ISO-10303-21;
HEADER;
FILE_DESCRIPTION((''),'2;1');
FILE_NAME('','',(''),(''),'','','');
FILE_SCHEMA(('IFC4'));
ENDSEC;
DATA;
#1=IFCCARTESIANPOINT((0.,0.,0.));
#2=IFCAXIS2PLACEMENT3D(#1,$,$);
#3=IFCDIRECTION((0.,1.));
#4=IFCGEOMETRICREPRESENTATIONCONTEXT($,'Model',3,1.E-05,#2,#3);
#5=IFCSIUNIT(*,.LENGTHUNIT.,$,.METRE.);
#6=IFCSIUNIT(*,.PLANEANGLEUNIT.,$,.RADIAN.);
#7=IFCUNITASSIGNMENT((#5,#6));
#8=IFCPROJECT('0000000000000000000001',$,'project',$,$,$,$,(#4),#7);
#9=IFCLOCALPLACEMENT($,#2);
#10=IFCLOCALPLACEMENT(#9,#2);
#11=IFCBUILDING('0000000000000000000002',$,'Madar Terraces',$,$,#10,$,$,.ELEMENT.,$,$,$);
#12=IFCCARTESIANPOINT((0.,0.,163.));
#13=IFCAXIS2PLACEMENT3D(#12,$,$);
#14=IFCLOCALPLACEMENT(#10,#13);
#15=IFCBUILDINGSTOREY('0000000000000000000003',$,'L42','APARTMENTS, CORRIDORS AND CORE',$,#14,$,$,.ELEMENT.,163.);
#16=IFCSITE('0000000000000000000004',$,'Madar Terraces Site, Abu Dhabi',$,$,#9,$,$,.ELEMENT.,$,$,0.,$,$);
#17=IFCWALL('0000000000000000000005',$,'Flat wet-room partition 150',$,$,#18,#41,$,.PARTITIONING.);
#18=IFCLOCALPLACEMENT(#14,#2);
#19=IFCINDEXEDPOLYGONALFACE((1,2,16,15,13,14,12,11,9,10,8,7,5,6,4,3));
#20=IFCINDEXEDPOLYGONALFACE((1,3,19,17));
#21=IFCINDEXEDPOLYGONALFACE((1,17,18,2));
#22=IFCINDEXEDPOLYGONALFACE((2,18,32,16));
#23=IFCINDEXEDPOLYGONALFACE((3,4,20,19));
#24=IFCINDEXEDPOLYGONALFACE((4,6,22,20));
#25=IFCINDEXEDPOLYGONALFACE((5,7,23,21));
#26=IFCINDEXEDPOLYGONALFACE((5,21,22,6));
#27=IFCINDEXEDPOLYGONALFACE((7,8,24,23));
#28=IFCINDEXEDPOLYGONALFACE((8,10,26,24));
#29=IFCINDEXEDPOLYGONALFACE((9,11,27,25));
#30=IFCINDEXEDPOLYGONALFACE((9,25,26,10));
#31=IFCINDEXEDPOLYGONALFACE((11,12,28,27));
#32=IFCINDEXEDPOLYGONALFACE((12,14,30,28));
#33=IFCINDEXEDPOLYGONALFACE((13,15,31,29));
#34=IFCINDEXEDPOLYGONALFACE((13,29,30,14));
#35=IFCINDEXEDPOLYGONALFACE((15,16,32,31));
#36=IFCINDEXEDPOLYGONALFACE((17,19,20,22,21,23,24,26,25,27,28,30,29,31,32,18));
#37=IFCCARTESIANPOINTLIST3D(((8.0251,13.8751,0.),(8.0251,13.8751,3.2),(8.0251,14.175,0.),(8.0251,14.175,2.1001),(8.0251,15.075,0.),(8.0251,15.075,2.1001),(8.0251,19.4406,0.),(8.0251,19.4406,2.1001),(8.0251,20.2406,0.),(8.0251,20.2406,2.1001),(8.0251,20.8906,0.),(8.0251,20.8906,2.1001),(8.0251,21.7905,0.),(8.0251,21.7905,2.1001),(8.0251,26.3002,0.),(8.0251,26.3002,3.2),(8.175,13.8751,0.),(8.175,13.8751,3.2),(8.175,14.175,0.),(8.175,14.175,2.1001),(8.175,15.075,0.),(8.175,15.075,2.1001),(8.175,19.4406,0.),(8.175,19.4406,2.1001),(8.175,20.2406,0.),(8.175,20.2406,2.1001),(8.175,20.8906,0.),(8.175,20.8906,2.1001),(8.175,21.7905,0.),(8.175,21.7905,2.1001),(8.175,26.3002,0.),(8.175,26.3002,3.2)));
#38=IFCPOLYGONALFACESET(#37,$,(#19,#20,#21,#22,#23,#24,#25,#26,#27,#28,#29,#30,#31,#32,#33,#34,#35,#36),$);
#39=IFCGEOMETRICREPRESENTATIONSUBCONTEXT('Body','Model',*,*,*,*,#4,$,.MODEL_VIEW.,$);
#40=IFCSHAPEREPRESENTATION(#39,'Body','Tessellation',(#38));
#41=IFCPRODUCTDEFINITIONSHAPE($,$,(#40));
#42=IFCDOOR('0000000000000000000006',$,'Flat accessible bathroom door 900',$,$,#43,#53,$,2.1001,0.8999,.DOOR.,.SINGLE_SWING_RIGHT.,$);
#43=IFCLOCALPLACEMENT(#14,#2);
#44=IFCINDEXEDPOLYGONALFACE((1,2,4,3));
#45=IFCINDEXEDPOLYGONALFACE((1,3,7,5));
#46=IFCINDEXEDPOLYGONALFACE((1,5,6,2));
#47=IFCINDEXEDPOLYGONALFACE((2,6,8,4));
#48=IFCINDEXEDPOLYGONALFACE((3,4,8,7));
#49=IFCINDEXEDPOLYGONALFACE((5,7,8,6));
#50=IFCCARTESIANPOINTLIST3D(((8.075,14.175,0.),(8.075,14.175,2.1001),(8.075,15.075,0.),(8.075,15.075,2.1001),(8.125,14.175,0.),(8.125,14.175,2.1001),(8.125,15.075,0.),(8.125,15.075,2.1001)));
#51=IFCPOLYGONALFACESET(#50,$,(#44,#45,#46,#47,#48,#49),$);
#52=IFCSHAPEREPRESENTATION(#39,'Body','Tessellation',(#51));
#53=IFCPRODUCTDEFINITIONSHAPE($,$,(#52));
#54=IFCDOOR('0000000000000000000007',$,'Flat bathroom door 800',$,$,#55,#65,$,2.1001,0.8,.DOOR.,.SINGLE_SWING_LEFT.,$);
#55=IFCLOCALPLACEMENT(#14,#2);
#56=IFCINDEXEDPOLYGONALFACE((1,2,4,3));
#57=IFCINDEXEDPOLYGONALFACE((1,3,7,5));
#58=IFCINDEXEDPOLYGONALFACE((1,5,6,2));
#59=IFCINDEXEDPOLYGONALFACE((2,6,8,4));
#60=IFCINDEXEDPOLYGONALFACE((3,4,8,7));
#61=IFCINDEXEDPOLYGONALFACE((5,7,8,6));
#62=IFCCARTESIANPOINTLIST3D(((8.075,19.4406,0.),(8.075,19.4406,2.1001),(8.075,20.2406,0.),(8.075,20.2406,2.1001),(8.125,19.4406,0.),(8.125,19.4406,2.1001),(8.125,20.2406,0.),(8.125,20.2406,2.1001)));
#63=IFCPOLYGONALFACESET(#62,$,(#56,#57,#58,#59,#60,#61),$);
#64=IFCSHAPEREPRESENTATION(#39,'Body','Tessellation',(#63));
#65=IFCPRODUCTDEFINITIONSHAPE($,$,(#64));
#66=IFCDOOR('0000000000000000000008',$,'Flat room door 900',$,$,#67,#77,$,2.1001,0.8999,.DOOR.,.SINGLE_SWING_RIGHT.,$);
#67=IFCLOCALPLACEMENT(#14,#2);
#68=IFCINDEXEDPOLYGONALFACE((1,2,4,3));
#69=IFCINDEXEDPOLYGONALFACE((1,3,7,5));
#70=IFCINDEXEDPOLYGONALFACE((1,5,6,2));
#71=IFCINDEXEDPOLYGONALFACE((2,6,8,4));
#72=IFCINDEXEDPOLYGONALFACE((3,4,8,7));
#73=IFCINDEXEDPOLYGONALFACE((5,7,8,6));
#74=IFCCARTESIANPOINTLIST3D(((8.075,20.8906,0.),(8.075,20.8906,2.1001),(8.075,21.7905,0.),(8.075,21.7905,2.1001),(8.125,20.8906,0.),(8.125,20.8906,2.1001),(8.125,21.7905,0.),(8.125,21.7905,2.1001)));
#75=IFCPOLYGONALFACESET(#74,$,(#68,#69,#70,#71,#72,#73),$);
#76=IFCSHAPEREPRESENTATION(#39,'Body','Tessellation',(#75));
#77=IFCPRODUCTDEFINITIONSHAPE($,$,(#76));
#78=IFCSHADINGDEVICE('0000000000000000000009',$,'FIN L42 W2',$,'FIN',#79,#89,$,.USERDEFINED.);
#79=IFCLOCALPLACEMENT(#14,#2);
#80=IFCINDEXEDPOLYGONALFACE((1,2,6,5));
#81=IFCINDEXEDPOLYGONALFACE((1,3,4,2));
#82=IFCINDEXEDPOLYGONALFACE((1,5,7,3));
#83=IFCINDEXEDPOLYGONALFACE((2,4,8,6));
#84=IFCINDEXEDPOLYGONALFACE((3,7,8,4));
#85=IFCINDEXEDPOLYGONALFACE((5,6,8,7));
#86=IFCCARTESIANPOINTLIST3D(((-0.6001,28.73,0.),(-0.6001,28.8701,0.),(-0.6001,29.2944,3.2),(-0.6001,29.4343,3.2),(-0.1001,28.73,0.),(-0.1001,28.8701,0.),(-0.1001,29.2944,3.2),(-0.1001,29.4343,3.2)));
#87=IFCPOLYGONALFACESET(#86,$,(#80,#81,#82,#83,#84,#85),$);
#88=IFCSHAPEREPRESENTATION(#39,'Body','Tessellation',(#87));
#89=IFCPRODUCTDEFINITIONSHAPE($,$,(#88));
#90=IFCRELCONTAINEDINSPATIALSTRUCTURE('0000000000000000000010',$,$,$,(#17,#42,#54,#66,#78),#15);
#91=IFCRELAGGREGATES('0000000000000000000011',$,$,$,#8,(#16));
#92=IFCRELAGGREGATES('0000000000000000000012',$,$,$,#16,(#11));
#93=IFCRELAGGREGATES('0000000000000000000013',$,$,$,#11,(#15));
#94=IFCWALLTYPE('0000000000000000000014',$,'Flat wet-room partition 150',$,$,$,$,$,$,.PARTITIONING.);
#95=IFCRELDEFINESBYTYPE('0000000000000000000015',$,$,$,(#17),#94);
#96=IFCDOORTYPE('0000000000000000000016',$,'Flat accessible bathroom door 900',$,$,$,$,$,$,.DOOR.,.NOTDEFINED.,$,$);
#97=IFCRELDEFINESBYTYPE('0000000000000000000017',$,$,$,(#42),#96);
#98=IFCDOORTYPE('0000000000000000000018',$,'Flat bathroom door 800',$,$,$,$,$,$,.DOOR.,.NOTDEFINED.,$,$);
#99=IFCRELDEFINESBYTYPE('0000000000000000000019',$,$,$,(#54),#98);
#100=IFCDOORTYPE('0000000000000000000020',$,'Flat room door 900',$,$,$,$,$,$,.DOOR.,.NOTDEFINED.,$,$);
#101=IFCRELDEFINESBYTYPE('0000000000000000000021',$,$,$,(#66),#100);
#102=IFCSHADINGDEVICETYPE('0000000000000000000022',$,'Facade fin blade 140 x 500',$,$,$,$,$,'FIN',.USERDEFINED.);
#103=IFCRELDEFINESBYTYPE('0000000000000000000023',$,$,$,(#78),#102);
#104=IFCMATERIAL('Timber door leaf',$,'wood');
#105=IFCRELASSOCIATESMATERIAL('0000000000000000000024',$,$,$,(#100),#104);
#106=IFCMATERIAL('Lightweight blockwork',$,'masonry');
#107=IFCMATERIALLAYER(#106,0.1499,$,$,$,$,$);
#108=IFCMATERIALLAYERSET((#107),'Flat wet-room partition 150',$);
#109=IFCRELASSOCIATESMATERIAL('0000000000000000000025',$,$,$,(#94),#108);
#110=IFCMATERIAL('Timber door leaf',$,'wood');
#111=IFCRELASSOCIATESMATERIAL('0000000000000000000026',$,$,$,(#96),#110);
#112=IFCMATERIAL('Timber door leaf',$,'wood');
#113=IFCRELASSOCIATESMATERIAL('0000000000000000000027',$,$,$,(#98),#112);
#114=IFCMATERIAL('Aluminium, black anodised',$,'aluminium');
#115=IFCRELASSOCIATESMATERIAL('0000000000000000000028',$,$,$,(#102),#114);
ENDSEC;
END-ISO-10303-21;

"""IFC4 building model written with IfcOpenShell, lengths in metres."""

from ifc_helpers import new_model, si_unit, direction, frame, frame_2d, origin, place, context, subcontext, project, spatial, polyline, rectangle, outline, extrude, material, layer, layer_set, type_object, element, fill, save


model = new_model("IFC4")

# Units and contexts
model_context = context("Model", 3, precision=1e-05, world=origin(), true_north=direction((0.0, 1.0)))
body_context = subcontext(model_context, "Body", "Model", "MODEL_VIEW")
ifc_project = project(units=[si_unit("LENGTHUNIT", "METRE"), si_unit("PLANEANGLEUNIT", "RADIAN")], contexts=[model_context])

# Site, building, storey
site_placement = place(None, origin())
site = spatial("IfcSite", under=ifc_project, at=site_placement, Name="Madar Terraces Site, Abu Dhabi", CompositionType="ELEMENT", RefElevation=0.0)
building_placement = place(site_placement, origin())
building = spatial("IfcBuilding", under=site, at=building_placement, Name="Madar Terraces", CompositionType="ELEMENT")
storey_placement = place(building_placement, frame((0.0, 0.0, 163.0)))
storey = spatial("IfcBuildingStorey", under=building, at=storey_placement, Name="L42", Description="APARTMENTS, CORRIDORS AND CORE", CompositionType="ELEMENT", Elevation=163.0)

# Shared definitions
ifc_material_1 = material(Name="Timber door leaf", Category="wood")
door_type_1 = type_object("IfcDoorType", Name="Flat room door 900", OperationType="NOTDEFINED", PredefinedType="DOOR", material=ifc_material_1)

# Wall, openings, doors
ifc_material_2 = material(Name="Lightweight blockwork", Category="masonry")
ifc_layer_1 = layer(ifc_material_2, 0.1499)
ifc_layer_set_1 = layer_set([ifc_layer_1], Name="Flat wet-room partition 150")
wall_type_1 = type_object("IfcWallType", Name="Flat wet-room partition 150", PredefinedType="PARTITIONING", material=ifc_layer_set_1)
wall_1_placement = place(storey_placement, frame((8.1001, 26.3, 0.0), z_axis=(0.0, 0.0, 1.0), x_axis=(0.0, -1.0, 0.0)))
wall_1 = element("IfcWall", 1, at=wall_1_placement, inside=storey, type_object=wall_type_1, Name="Flat wet-room partition 150", PredefinedType="PARTITIONING", context=body_context, shape_type="SweptSolid", body=[
    extrude(rectangle(XDim=12.425, YDim=0.1499, at=frame_2d((6.2124, 0.0))), origin(), (0.0, 0.0, 1.0), 3.2),
])
opening_1_placement = place(wall_1_placement, frame((11.2251, 0.0, 0.0)))
opening_1 = element("IfcOpeningElement", 2, at=opening_1_placement, cuts=wall_1, PredefinedType="OPENING", context=body_context, shape_type="SweptSolid", body=[
    extrude(rectangle(XDim=0.8999, YDim=2.1001, at=frame_2d((0.45, 1.05))), frame((0.0, 0.085, 0.0), z_axis=(0.0, -1.0, 0.0), x_axis=(1.0, 0.0, 0.0)), (0.0, 0.0, 1.0), 0.1699),
])
opening_2_placement = place(wall_1_placement, frame((6.0596, 0.0, 0.0)))
opening_2 = element("IfcOpeningElement", 3, at=opening_2_placement, cuts=wall_1, PredefinedType="OPENING", context=body_context, shape_type="SweptSolid", body=[
    extrude(rectangle(XDim=0.8, YDim=2.1001, at=frame_2d((0.3999, 1.05))), frame((0.0, 0.085, 0.0), z_axis=(0.0, -1.0, 0.0), x_axis=(1.0, 0.0, 0.0)), (0.0, 0.0, 1.0), 0.1699),
])
opening_3_placement = place(wall_1_placement, frame((4.5095, 0.0, 0.0)))
opening_3 = element("IfcOpeningElement", 4, at=opening_3_placement, cuts=wall_1, PredefinedType="OPENING", context=body_context, shape_type="SweptSolid", body=[
    extrude(rectangle(XDim=0.8999, YDim=2.1001, at=frame_2d((0.45, 1.05))), frame((0.0, 0.085, 0.0), z_axis=(0.0, -1.0, 0.0), x_axis=(1.0, 0.0, 0.0)), (0.0, 0.0, 1.0), 0.1699),
])
ifc_material_3 = material(Name="Timber door leaf", Category="wood")
door_type_2 = type_object("IfcDoorType", Name="Flat accessible bathroom door 900", OperationType="NOTDEFINED", PredefinedType="DOOR", material=ifc_material_3)
door_1_placement = place(opening_1_placement, origin())
door_1 = element("IfcDoor", 5, at=door_1_placement, inside=storey, type_object=door_type_2, Name="Flat accessible bathroom door 900", OperationType="SINGLE_SWING_RIGHT", OverallHeight=2.1001, OverallWidth=0.8999, PredefinedType="DOOR", context=body_context, shape_type="SweptSolid", body=[
    extrude(rectangle(XDim=0.8999, YDim=2.1001, at=frame_2d((0.45, 1.05))), frame((0.0, 0.0249, 0.0), z_axis=(0.0, -1.0, 0.0), x_axis=(1.0, 0.0, 0.0)), (0.0, 0.0, 1.0), 0.05),
])
fill(opening_1, door_1)
ifc_material_4 = material(Name="Timber door leaf", Category="wood")
door_type_3 = type_object("IfcDoorType", Name="Flat bathroom door 800", OperationType="NOTDEFINED", PredefinedType="DOOR", material=ifc_material_4)
door_2_placement = place(opening_2_placement, origin())
door_2 = element("IfcDoor", 6, at=door_2_placement, inside=storey, type_object=door_type_3, Name="Flat bathroom door 800", OperationType="SINGLE_SWING_LEFT", OverallHeight=2.1001, OverallWidth=0.8, PredefinedType="DOOR", context=body_context, shape_type="SweptSolid", body=[
    extrude(rectangle(XDim=0.8, YDim=2.1001, at=frame_2d((0.3999, 1.05))), frame((0.0, 0.0249, 0.0), z_axis=(0.0, -1.0, 0.0), x_axis=(1.0, 0.0, 0.0)), (0.0, 0.0, 1.0), 0.05),
])
fill(opening_2, door_2)
door_3_placement = place(opening_3_placement, origin())
door_3 = element("IfcDoor", 7, at=door_3_placement, inside=storey, type_object=door_type_1, Name="Flat room door 900", OperationType="SINGLE_SWING_RIGHT", OverallHeight=2.1001, OverallWidth=0.8999, PredefinedType="DOOR", context=body_context, shape_type="SweptSolid", body=[
    extrude(rectangle(XDim=0.8999, YDim=2.1001, at=frame_2d((0.45, 1.05))), frame((0.0, 0.0249, 0.0), z_axis=(0.0, -1.0, 0.0), x_axis=(1.0, 0.0, 0.0)), (0.0, 0.0, 1.0), 0.05),
])
fill(opening_3, door_3)

# Shading device
ifc_material_5 = material(Name="Aluminium, black anodised", Category="aluminium")
shading_device_type = type_object("IfcShadingDeviceType", Name="Facade fin blade 140 x 500", ElementType="FIN", PredefinedType="USERDEFINED", material=ifc_material_5)
shading_device_placement = place(storey_placement, frame((-0.3501, 28.8701, 0.0), z_axis=(0.0, 0.0, 1.0), x_axis=(0.0, -1.0, 0.0)))
element("IfcShadingDevice", 8, at=shading_device_placement, inside=storey, type_object=shading_device_type, Name="FIN L42 W2", ObjectType="FIN", PredefinedType="USERDEFINED", context=body_context, shape_type="SweptSolid", body=[
    extrude(outline(polyline([(0.0, 0.0), (0.1401, 0.0), (-0.4243, 3.2), (-0.5642, 3.2), (0.0, 0.0)])), frame((0.0, 0.25, 0.0), z_axis=(0.0, -1.0, 0.0), x_axis=(1.0, 0.0, 0.0)), (0.0, 0.0, 1.0), 0.5),
])

save(model, "model.ifc")
